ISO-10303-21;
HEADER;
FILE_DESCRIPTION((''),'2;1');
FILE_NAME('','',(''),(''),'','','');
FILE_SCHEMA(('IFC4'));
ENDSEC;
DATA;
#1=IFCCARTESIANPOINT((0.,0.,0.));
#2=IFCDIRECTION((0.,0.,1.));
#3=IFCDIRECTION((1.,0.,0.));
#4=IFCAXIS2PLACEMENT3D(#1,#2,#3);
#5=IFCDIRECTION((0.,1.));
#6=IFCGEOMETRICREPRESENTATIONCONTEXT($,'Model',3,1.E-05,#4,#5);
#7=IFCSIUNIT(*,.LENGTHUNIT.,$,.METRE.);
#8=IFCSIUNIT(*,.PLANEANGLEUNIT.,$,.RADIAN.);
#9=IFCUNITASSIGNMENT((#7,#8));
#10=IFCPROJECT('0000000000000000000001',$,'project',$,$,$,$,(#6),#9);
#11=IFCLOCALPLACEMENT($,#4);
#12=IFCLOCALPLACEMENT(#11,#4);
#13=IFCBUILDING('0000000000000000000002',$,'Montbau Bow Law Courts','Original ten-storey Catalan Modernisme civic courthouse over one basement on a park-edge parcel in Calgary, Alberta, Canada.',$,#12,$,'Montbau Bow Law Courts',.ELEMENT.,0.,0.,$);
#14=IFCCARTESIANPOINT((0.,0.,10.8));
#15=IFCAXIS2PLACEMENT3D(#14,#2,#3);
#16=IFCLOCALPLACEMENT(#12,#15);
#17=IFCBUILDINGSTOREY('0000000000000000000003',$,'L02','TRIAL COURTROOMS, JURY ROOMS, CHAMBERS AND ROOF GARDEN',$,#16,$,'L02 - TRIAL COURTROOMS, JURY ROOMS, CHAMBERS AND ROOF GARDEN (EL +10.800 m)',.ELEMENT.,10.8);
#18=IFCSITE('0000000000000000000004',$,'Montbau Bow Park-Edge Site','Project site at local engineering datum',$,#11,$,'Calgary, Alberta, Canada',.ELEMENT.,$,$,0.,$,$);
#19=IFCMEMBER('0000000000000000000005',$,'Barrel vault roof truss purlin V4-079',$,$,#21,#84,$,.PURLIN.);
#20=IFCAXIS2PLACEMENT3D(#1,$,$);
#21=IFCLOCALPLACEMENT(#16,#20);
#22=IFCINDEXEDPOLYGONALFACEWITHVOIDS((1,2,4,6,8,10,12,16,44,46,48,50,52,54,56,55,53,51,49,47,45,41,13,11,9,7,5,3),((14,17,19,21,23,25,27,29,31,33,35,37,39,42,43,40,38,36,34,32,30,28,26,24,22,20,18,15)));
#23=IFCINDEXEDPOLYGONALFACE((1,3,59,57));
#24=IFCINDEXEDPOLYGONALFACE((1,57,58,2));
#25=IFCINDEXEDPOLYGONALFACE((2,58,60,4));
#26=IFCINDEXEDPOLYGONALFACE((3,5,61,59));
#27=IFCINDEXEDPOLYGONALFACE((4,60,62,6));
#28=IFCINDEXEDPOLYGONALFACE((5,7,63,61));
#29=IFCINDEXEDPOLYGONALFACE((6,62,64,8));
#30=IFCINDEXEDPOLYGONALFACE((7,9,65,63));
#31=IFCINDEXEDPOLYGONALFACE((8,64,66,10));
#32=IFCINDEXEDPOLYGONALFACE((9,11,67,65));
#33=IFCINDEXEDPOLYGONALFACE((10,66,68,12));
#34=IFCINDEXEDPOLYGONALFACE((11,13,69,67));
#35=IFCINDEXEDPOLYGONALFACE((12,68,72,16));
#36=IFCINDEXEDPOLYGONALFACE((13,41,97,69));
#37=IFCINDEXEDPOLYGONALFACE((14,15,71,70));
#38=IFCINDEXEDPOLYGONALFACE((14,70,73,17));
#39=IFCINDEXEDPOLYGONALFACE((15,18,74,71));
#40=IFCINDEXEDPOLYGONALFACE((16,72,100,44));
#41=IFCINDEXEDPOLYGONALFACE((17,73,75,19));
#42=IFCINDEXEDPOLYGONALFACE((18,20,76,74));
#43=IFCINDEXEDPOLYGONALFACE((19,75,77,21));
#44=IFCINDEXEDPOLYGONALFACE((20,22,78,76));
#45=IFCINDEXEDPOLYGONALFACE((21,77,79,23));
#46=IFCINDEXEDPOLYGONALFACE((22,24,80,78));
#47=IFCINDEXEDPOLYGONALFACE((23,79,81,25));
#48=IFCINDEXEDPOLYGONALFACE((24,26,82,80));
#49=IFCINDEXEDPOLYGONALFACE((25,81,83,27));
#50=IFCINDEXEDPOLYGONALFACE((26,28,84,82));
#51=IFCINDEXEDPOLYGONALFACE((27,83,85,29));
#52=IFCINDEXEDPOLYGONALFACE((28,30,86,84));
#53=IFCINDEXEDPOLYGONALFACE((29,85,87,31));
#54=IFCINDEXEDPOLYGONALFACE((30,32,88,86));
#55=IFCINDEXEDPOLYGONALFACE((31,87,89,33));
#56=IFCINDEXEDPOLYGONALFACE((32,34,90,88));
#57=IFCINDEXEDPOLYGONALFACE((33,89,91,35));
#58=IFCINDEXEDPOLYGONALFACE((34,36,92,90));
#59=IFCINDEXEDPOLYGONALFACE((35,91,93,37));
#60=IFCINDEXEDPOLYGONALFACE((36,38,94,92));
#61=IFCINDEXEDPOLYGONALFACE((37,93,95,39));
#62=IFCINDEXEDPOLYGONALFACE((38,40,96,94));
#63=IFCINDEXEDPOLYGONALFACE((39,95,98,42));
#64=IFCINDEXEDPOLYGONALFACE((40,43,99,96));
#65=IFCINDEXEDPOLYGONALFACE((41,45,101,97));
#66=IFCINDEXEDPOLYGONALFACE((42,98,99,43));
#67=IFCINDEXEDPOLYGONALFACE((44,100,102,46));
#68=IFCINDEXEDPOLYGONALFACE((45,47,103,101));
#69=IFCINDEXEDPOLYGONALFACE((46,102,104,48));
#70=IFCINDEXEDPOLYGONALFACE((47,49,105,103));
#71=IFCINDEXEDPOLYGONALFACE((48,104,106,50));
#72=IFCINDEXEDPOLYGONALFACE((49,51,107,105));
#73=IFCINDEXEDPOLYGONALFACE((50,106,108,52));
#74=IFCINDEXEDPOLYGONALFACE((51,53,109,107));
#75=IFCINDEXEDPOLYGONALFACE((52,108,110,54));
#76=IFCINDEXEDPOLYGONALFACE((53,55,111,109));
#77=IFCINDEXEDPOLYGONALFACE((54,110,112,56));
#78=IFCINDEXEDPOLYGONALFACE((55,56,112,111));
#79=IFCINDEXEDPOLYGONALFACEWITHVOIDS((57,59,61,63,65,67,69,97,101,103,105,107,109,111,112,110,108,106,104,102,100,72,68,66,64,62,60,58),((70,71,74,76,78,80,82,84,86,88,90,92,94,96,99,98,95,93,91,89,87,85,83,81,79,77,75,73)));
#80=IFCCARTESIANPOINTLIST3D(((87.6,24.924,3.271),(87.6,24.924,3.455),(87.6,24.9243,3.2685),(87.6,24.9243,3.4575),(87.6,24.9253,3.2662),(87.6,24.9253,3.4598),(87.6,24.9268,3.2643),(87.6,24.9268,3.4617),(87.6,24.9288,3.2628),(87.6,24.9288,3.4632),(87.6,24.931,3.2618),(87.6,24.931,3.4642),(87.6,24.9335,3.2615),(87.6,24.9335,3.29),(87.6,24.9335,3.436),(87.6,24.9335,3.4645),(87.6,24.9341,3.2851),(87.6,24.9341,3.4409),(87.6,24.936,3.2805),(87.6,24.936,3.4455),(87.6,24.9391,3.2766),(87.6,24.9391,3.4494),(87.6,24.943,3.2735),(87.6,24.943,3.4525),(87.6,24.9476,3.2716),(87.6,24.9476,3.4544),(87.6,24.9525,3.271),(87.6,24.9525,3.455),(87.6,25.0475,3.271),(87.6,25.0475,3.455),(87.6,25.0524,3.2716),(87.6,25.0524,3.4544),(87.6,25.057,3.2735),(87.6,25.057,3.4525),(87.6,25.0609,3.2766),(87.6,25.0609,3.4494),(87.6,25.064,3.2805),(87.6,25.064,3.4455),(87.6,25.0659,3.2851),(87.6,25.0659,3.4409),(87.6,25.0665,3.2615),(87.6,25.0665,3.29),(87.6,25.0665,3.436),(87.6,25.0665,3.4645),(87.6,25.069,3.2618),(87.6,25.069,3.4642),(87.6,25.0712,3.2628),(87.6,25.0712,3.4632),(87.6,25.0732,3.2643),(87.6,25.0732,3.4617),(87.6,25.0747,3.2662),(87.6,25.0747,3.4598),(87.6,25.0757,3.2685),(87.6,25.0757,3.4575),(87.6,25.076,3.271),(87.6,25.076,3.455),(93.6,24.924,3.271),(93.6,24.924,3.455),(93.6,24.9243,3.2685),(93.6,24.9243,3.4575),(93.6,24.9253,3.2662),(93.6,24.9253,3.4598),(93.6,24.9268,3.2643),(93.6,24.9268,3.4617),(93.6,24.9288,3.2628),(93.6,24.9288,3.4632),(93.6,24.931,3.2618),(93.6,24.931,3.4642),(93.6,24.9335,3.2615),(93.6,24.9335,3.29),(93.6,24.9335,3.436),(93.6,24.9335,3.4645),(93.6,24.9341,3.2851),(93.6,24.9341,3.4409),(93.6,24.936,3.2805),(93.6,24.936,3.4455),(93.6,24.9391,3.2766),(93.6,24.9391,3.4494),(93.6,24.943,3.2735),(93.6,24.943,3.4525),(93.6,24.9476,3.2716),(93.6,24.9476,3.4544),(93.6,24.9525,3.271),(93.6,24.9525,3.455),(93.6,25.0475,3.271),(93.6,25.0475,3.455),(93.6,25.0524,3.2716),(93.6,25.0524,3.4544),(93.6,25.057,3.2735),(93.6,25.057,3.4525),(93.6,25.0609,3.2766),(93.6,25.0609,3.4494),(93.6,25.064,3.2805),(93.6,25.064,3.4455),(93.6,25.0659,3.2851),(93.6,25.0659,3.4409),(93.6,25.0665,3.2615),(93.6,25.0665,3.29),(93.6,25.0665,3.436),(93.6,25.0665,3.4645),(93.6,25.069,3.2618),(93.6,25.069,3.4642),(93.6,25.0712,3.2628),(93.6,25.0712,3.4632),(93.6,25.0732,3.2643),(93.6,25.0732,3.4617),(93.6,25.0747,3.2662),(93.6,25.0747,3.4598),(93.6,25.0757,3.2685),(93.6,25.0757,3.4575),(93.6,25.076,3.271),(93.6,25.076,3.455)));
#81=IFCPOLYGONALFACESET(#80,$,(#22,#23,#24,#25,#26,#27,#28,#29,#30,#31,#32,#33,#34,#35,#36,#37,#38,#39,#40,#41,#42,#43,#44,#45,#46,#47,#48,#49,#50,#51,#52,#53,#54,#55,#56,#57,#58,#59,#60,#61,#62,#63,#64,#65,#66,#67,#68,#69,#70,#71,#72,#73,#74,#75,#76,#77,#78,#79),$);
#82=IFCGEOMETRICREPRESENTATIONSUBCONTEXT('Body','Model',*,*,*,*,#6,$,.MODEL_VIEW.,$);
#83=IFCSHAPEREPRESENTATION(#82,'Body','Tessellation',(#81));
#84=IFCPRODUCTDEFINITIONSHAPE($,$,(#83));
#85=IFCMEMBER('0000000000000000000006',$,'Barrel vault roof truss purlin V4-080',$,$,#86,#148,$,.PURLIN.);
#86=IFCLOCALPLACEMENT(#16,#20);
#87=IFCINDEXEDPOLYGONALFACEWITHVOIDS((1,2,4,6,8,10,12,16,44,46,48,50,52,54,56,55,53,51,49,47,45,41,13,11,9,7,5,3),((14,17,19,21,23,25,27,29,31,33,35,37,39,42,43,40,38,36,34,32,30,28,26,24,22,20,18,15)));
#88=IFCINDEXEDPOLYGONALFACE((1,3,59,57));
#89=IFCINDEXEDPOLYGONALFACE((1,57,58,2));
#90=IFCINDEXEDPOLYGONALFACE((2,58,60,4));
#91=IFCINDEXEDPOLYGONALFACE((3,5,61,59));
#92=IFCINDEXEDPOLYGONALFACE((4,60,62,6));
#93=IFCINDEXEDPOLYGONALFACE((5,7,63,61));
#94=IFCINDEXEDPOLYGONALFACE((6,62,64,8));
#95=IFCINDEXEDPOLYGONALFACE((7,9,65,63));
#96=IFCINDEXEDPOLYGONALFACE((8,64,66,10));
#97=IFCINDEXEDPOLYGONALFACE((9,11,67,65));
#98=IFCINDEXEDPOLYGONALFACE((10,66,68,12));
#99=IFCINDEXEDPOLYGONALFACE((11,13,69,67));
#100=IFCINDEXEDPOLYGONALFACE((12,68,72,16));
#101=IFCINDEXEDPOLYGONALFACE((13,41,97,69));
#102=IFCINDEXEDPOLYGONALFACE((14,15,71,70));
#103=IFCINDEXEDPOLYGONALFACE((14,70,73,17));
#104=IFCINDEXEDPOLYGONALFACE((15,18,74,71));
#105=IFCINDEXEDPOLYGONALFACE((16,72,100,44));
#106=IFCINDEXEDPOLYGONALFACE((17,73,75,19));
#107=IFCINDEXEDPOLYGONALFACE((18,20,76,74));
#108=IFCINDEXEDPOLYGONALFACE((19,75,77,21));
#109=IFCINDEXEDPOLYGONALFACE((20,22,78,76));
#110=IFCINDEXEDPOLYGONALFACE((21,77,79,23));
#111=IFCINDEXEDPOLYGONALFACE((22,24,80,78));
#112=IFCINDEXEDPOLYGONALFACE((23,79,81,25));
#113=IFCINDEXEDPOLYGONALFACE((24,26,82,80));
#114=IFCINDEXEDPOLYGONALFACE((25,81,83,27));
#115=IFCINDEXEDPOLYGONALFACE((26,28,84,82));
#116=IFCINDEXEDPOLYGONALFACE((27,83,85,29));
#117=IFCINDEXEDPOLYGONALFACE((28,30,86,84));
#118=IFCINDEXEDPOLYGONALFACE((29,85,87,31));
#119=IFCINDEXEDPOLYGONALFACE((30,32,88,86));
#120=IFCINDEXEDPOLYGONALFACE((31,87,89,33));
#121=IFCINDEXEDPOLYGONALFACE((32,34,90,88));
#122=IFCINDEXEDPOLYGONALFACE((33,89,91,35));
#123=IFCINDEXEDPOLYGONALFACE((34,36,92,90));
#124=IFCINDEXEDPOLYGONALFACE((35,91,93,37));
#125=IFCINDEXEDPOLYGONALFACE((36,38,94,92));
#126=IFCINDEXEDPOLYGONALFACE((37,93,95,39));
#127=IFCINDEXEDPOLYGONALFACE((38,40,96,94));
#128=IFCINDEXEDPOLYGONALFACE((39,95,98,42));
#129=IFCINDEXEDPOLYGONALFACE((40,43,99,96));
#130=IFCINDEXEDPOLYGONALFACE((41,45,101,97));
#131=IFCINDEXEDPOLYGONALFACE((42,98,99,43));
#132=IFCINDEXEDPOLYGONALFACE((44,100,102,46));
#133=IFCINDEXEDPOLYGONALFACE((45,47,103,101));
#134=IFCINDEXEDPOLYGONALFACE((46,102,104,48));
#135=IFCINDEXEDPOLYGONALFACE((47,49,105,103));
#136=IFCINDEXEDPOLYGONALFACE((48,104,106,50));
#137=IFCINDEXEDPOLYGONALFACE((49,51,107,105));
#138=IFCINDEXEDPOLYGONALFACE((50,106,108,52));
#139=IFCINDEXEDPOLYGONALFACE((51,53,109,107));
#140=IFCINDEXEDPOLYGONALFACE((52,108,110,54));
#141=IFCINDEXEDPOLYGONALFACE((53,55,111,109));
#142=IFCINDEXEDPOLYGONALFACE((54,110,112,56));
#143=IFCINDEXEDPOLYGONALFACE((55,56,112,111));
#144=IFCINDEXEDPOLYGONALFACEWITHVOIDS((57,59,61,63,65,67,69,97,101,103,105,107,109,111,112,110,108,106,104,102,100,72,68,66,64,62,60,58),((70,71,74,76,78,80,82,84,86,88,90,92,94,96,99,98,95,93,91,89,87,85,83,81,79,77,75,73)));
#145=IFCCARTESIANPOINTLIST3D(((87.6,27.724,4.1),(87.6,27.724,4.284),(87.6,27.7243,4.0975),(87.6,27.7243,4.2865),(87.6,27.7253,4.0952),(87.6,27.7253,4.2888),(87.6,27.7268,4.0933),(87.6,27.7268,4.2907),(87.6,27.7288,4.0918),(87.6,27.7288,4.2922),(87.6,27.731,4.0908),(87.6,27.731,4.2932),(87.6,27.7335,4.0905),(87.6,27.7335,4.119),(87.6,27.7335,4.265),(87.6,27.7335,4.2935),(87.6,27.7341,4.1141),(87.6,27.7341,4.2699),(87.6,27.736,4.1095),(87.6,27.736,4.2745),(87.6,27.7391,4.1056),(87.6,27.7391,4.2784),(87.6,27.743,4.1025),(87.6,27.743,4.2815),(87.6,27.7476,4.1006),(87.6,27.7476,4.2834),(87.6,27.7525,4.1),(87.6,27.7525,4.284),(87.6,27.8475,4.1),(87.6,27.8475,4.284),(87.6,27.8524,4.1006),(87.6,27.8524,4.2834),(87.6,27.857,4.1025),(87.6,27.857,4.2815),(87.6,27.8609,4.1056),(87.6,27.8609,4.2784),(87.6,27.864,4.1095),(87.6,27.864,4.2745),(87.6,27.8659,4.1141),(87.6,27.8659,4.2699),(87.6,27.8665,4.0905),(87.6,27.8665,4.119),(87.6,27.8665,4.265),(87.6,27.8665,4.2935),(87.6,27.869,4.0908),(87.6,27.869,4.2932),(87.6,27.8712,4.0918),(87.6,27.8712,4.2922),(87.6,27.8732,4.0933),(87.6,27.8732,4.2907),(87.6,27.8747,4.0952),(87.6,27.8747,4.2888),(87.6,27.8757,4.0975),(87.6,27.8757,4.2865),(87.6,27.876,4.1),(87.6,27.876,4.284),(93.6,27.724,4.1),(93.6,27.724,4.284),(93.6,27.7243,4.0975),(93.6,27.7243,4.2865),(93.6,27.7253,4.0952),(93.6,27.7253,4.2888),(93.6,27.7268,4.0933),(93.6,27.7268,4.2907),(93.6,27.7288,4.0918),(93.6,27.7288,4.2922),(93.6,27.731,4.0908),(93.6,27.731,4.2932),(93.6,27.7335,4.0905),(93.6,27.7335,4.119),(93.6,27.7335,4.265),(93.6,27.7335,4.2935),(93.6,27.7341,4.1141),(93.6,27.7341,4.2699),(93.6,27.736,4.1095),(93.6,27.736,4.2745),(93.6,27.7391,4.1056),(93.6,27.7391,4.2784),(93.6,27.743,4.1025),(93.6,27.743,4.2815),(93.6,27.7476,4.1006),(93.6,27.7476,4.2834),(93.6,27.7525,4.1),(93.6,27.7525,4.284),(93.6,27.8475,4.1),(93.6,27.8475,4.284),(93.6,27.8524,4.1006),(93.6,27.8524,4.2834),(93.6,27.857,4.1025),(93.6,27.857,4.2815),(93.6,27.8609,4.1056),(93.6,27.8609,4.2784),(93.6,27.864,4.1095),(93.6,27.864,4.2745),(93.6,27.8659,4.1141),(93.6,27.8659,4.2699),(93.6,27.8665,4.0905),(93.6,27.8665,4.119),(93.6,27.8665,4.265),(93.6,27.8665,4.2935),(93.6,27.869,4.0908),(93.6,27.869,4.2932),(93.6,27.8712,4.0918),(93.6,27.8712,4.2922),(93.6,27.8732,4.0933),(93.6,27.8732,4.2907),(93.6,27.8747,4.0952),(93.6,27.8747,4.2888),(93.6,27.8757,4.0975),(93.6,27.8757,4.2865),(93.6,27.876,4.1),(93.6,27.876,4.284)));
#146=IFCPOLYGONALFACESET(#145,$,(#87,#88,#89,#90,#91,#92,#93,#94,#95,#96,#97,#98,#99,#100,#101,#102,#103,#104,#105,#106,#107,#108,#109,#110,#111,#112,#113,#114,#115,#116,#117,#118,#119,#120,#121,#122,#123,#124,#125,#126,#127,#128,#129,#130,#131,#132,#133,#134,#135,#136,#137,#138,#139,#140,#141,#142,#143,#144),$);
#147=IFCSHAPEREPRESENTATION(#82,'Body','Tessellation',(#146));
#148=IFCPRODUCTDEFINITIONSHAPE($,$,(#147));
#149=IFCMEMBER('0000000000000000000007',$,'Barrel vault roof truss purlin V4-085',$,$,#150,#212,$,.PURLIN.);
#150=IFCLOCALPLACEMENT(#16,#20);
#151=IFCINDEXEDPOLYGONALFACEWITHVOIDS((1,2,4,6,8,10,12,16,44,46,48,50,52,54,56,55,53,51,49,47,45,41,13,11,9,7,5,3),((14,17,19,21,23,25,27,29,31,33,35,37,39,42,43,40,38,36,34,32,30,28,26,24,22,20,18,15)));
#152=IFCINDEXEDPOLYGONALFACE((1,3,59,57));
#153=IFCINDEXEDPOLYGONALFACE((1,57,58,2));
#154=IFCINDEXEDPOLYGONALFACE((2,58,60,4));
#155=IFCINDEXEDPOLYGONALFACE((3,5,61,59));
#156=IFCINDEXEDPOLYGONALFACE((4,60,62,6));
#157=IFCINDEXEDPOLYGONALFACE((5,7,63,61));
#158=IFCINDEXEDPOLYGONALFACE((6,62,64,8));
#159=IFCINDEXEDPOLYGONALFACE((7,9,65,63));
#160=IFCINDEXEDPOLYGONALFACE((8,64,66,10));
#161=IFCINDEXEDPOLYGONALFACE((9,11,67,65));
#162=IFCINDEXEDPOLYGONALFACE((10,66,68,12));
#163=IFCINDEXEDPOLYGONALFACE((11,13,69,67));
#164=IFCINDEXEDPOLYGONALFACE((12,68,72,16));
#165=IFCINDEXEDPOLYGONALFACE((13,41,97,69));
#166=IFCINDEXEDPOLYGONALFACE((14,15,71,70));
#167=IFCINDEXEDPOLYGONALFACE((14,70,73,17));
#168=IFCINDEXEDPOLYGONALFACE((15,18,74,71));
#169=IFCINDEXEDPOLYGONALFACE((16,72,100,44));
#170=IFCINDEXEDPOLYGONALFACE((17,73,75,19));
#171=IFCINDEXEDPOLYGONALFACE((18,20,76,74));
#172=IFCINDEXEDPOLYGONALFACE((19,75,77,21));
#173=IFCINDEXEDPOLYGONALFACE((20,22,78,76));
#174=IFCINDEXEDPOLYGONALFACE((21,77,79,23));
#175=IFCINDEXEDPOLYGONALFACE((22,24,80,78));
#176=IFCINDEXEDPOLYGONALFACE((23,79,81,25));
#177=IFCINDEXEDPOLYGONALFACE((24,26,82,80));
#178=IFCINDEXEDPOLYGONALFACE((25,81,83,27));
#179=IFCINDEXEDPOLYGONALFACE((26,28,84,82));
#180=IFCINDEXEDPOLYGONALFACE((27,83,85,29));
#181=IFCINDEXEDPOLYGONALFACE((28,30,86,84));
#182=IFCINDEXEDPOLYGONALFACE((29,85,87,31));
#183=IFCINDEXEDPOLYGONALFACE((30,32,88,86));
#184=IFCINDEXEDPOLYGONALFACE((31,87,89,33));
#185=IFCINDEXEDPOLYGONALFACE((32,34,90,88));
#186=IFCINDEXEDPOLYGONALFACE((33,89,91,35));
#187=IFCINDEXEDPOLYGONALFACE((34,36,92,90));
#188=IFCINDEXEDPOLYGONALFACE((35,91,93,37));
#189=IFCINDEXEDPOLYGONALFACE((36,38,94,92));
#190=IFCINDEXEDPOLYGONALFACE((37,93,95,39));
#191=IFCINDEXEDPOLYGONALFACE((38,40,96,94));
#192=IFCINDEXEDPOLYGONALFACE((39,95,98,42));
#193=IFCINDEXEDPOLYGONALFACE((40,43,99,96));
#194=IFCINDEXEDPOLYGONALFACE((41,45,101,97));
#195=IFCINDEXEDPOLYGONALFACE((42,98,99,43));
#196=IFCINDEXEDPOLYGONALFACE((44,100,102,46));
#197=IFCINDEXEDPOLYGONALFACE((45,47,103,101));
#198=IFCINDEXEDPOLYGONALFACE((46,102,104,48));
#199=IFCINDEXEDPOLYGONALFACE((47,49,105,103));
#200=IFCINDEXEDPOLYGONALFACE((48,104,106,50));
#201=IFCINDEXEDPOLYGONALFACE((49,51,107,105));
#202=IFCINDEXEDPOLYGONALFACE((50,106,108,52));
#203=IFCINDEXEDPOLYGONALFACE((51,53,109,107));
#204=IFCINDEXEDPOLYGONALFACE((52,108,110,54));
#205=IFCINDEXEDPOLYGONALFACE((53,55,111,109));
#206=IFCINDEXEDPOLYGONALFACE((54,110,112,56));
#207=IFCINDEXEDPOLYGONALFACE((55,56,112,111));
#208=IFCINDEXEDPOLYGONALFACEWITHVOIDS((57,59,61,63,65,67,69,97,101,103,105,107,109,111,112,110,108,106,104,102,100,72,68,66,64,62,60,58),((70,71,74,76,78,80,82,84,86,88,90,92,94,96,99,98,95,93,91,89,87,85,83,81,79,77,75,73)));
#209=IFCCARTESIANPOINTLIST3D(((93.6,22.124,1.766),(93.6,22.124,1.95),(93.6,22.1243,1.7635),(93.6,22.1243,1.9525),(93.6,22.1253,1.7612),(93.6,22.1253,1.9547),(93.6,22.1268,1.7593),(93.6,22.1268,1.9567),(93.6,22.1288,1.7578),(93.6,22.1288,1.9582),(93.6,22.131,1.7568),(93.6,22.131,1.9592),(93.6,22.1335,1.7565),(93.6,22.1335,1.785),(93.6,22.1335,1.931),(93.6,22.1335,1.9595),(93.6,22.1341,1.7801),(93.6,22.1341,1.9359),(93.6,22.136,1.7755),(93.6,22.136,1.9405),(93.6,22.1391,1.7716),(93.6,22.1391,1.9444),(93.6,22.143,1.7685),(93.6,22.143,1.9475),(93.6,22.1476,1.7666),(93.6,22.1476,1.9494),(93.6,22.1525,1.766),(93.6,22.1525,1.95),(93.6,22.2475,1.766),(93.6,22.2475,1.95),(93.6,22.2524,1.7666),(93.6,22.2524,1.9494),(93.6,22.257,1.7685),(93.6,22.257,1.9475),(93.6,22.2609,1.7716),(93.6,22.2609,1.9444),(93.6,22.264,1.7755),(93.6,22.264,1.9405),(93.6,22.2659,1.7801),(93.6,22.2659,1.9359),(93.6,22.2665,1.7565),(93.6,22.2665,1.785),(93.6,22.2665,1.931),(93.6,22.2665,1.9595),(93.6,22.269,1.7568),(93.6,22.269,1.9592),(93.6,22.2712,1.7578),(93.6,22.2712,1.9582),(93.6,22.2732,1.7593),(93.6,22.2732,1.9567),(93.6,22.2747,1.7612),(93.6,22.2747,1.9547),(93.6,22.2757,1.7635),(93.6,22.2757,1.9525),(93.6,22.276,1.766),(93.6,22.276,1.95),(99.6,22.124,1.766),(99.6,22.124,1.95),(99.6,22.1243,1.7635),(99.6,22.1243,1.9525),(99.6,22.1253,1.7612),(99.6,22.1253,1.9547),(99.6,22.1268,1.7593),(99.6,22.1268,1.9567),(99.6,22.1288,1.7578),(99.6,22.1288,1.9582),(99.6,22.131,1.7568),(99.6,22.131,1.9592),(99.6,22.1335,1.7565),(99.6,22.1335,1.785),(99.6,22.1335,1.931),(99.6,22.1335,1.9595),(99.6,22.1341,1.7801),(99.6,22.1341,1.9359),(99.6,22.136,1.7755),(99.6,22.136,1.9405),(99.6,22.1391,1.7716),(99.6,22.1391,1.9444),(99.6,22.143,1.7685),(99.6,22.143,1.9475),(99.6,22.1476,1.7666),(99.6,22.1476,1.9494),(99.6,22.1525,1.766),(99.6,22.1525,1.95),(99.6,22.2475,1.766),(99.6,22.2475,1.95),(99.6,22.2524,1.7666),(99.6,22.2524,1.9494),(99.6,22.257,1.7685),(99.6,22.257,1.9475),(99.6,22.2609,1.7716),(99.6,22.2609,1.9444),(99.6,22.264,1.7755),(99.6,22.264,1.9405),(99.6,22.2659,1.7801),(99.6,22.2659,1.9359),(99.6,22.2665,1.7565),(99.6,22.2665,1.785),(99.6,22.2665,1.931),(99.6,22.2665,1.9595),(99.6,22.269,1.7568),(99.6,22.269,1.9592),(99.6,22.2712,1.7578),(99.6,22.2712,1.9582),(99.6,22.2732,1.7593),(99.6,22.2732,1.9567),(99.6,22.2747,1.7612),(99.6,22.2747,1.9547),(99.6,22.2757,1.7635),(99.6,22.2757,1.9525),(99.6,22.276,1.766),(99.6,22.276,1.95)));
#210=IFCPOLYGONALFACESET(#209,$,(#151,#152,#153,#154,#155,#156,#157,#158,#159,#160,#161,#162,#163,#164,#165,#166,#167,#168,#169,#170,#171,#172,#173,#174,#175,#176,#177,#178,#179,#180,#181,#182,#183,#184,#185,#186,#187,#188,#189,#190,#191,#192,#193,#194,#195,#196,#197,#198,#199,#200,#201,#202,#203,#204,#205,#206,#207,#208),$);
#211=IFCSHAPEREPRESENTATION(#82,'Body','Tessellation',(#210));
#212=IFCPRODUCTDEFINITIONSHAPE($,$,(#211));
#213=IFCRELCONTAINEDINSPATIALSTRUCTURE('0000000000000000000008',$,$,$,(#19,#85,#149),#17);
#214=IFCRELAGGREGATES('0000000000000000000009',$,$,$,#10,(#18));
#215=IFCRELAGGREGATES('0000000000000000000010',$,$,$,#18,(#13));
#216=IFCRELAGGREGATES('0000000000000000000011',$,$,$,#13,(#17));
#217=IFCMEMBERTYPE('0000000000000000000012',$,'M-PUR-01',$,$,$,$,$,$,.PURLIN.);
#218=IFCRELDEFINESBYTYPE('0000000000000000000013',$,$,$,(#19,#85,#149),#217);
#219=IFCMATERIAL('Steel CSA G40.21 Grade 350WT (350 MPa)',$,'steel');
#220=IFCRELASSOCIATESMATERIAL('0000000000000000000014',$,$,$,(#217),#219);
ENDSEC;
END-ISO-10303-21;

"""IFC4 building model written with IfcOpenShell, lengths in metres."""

from ifc_helpers import new_model, si_unit, direction, frame, origin_with_axes, origin_2d_with_axis, place, context, subcontext, project, spatial, hollow_rectangle, extrude, material, material_profile, profile_set, type_object, element, save


model = new_model("IFC4")

# Units and contexts
model_context = context("Model", 3, precision=1e-05, world=origin_with_axes(), true_north=direction((0.0, 1.0)))
body_context = subcontext(model_context, "Body", "Model", "MODEL_VIEW")
ifc_project = project(units=[si_unit("LENGTHUNIT", "METRE"), si_unit("PLANEANGLEUNIT", "RADIAN")], contexts=[model_context])

# Site, building, storey
site_placement = place(None, origin_with_axes())
site = spatial("IfcSite", under=ifc_project, at=site_placement, Name="Montbau Bow Park-Edge Site", Description="Project site at local engineering datum", LongName="Calgary, Alberta, Canada", CompositionType="ELEMENT", RefElevation=0.0)
building_placement = place(site_placement, origin_with_axes())
building = spatial("IfcBuilding", under=site, at=building_placement, Name="Montbau Bow Law Courts", Description="Original ten-storey Catalan Modernisme civic courthouse over one basement on a park-edge parcel in Calgary, Alberta, Canada.", LongName="Montbau Bow Law Courts", CompositionType="ELEMENT", ElevationOfRefHeight=0.0, ElevationOfTerrain=0.0)
storey_placement = place(building_placement, frame((0.0, 0.0, 10.8), z_axis=(0.0, 0.0, 1.0), x_axis=(1.0, 0.0, 0.0)))
storey = spatial("IfcBuildingStorey", under=building, at=storey_placement, Name="L02", Description="TRIAL COURTROOMS, JURY ROOMS, CHAMBERS AND ROOF GARDEN", LongName="L02 - TRIAL COURTROOMS, JURY ROOMS, CHAMBERS AND ROOF GARDEN (EL +10.800 m)", CompositionType="ELEMENT", Elevation=10.8)

# Shared definitions
ifc_material_1 = material(Name="Steel CSA G40.21 Grade 350WT (350 MPa)", Category="steel")

# Members
ifc_material_profile_1 = material_profile(ifc_material_1, hollow_rectangle(XDim=0.152, YDim=0.203, WallThickness=0.0095, InnerFilletRadius=0.019, OuterFilletRadius=0.0095, at=origin_2d_with_axis()), Name="HSS203X152X9.5", Category="Main", Priority=0)
ifc_profile_set_1 = profile_set([ifc_material_profile_1], Name="Steel CSA G40.21 Grade 350WT (350 MPa)")
member_type_1 = type_object("IfcMemberType", Name="M-PUR-01", PredefinedType="PURLIN", material=ifc_profile_set_1)
for number, where, z_axis, x_axis, name in (
    (1, (87.6, 25.0, 14.163), (1.0, 0.0, 0.0), (0.0, 1.0, 0.0), "Barrel vault roof truss purlin V4-079"),
    (2, (87.6, 27.8, 14.992), (1.0, 0.0, 0.0), (0.0, 1.0, 0.0), "Barrel vault roof truss purlin V4-080"),
    (3, (93.6, 22.2, 12.658), (1.0, 0.0, 0.0), (0.0, 1.0, 0.0), "Barrel vault roof truss purlin V4-085"),
):
    element("IfcMember", number, at=place(None, frame(where, z_axis=z_axis, x_axis=x_axis)), inside=storey, type_object=member_type_1, Name=name, PredefinedType="PURLIN", context=body_context, shape_type="SweptSolid", body=[
        extrude(hollow_rectangle(XDim=0.152, YDim=0.203, WallThickness=0.0095, InnerFilletRadius=0.019, OuterFilletRadius=0.0095, at=origin_2d_with_axis()), origin_with_axes(), (0.0, 0.0, 1.0), 6.0),
    ])

save(model, "model.ifc")
